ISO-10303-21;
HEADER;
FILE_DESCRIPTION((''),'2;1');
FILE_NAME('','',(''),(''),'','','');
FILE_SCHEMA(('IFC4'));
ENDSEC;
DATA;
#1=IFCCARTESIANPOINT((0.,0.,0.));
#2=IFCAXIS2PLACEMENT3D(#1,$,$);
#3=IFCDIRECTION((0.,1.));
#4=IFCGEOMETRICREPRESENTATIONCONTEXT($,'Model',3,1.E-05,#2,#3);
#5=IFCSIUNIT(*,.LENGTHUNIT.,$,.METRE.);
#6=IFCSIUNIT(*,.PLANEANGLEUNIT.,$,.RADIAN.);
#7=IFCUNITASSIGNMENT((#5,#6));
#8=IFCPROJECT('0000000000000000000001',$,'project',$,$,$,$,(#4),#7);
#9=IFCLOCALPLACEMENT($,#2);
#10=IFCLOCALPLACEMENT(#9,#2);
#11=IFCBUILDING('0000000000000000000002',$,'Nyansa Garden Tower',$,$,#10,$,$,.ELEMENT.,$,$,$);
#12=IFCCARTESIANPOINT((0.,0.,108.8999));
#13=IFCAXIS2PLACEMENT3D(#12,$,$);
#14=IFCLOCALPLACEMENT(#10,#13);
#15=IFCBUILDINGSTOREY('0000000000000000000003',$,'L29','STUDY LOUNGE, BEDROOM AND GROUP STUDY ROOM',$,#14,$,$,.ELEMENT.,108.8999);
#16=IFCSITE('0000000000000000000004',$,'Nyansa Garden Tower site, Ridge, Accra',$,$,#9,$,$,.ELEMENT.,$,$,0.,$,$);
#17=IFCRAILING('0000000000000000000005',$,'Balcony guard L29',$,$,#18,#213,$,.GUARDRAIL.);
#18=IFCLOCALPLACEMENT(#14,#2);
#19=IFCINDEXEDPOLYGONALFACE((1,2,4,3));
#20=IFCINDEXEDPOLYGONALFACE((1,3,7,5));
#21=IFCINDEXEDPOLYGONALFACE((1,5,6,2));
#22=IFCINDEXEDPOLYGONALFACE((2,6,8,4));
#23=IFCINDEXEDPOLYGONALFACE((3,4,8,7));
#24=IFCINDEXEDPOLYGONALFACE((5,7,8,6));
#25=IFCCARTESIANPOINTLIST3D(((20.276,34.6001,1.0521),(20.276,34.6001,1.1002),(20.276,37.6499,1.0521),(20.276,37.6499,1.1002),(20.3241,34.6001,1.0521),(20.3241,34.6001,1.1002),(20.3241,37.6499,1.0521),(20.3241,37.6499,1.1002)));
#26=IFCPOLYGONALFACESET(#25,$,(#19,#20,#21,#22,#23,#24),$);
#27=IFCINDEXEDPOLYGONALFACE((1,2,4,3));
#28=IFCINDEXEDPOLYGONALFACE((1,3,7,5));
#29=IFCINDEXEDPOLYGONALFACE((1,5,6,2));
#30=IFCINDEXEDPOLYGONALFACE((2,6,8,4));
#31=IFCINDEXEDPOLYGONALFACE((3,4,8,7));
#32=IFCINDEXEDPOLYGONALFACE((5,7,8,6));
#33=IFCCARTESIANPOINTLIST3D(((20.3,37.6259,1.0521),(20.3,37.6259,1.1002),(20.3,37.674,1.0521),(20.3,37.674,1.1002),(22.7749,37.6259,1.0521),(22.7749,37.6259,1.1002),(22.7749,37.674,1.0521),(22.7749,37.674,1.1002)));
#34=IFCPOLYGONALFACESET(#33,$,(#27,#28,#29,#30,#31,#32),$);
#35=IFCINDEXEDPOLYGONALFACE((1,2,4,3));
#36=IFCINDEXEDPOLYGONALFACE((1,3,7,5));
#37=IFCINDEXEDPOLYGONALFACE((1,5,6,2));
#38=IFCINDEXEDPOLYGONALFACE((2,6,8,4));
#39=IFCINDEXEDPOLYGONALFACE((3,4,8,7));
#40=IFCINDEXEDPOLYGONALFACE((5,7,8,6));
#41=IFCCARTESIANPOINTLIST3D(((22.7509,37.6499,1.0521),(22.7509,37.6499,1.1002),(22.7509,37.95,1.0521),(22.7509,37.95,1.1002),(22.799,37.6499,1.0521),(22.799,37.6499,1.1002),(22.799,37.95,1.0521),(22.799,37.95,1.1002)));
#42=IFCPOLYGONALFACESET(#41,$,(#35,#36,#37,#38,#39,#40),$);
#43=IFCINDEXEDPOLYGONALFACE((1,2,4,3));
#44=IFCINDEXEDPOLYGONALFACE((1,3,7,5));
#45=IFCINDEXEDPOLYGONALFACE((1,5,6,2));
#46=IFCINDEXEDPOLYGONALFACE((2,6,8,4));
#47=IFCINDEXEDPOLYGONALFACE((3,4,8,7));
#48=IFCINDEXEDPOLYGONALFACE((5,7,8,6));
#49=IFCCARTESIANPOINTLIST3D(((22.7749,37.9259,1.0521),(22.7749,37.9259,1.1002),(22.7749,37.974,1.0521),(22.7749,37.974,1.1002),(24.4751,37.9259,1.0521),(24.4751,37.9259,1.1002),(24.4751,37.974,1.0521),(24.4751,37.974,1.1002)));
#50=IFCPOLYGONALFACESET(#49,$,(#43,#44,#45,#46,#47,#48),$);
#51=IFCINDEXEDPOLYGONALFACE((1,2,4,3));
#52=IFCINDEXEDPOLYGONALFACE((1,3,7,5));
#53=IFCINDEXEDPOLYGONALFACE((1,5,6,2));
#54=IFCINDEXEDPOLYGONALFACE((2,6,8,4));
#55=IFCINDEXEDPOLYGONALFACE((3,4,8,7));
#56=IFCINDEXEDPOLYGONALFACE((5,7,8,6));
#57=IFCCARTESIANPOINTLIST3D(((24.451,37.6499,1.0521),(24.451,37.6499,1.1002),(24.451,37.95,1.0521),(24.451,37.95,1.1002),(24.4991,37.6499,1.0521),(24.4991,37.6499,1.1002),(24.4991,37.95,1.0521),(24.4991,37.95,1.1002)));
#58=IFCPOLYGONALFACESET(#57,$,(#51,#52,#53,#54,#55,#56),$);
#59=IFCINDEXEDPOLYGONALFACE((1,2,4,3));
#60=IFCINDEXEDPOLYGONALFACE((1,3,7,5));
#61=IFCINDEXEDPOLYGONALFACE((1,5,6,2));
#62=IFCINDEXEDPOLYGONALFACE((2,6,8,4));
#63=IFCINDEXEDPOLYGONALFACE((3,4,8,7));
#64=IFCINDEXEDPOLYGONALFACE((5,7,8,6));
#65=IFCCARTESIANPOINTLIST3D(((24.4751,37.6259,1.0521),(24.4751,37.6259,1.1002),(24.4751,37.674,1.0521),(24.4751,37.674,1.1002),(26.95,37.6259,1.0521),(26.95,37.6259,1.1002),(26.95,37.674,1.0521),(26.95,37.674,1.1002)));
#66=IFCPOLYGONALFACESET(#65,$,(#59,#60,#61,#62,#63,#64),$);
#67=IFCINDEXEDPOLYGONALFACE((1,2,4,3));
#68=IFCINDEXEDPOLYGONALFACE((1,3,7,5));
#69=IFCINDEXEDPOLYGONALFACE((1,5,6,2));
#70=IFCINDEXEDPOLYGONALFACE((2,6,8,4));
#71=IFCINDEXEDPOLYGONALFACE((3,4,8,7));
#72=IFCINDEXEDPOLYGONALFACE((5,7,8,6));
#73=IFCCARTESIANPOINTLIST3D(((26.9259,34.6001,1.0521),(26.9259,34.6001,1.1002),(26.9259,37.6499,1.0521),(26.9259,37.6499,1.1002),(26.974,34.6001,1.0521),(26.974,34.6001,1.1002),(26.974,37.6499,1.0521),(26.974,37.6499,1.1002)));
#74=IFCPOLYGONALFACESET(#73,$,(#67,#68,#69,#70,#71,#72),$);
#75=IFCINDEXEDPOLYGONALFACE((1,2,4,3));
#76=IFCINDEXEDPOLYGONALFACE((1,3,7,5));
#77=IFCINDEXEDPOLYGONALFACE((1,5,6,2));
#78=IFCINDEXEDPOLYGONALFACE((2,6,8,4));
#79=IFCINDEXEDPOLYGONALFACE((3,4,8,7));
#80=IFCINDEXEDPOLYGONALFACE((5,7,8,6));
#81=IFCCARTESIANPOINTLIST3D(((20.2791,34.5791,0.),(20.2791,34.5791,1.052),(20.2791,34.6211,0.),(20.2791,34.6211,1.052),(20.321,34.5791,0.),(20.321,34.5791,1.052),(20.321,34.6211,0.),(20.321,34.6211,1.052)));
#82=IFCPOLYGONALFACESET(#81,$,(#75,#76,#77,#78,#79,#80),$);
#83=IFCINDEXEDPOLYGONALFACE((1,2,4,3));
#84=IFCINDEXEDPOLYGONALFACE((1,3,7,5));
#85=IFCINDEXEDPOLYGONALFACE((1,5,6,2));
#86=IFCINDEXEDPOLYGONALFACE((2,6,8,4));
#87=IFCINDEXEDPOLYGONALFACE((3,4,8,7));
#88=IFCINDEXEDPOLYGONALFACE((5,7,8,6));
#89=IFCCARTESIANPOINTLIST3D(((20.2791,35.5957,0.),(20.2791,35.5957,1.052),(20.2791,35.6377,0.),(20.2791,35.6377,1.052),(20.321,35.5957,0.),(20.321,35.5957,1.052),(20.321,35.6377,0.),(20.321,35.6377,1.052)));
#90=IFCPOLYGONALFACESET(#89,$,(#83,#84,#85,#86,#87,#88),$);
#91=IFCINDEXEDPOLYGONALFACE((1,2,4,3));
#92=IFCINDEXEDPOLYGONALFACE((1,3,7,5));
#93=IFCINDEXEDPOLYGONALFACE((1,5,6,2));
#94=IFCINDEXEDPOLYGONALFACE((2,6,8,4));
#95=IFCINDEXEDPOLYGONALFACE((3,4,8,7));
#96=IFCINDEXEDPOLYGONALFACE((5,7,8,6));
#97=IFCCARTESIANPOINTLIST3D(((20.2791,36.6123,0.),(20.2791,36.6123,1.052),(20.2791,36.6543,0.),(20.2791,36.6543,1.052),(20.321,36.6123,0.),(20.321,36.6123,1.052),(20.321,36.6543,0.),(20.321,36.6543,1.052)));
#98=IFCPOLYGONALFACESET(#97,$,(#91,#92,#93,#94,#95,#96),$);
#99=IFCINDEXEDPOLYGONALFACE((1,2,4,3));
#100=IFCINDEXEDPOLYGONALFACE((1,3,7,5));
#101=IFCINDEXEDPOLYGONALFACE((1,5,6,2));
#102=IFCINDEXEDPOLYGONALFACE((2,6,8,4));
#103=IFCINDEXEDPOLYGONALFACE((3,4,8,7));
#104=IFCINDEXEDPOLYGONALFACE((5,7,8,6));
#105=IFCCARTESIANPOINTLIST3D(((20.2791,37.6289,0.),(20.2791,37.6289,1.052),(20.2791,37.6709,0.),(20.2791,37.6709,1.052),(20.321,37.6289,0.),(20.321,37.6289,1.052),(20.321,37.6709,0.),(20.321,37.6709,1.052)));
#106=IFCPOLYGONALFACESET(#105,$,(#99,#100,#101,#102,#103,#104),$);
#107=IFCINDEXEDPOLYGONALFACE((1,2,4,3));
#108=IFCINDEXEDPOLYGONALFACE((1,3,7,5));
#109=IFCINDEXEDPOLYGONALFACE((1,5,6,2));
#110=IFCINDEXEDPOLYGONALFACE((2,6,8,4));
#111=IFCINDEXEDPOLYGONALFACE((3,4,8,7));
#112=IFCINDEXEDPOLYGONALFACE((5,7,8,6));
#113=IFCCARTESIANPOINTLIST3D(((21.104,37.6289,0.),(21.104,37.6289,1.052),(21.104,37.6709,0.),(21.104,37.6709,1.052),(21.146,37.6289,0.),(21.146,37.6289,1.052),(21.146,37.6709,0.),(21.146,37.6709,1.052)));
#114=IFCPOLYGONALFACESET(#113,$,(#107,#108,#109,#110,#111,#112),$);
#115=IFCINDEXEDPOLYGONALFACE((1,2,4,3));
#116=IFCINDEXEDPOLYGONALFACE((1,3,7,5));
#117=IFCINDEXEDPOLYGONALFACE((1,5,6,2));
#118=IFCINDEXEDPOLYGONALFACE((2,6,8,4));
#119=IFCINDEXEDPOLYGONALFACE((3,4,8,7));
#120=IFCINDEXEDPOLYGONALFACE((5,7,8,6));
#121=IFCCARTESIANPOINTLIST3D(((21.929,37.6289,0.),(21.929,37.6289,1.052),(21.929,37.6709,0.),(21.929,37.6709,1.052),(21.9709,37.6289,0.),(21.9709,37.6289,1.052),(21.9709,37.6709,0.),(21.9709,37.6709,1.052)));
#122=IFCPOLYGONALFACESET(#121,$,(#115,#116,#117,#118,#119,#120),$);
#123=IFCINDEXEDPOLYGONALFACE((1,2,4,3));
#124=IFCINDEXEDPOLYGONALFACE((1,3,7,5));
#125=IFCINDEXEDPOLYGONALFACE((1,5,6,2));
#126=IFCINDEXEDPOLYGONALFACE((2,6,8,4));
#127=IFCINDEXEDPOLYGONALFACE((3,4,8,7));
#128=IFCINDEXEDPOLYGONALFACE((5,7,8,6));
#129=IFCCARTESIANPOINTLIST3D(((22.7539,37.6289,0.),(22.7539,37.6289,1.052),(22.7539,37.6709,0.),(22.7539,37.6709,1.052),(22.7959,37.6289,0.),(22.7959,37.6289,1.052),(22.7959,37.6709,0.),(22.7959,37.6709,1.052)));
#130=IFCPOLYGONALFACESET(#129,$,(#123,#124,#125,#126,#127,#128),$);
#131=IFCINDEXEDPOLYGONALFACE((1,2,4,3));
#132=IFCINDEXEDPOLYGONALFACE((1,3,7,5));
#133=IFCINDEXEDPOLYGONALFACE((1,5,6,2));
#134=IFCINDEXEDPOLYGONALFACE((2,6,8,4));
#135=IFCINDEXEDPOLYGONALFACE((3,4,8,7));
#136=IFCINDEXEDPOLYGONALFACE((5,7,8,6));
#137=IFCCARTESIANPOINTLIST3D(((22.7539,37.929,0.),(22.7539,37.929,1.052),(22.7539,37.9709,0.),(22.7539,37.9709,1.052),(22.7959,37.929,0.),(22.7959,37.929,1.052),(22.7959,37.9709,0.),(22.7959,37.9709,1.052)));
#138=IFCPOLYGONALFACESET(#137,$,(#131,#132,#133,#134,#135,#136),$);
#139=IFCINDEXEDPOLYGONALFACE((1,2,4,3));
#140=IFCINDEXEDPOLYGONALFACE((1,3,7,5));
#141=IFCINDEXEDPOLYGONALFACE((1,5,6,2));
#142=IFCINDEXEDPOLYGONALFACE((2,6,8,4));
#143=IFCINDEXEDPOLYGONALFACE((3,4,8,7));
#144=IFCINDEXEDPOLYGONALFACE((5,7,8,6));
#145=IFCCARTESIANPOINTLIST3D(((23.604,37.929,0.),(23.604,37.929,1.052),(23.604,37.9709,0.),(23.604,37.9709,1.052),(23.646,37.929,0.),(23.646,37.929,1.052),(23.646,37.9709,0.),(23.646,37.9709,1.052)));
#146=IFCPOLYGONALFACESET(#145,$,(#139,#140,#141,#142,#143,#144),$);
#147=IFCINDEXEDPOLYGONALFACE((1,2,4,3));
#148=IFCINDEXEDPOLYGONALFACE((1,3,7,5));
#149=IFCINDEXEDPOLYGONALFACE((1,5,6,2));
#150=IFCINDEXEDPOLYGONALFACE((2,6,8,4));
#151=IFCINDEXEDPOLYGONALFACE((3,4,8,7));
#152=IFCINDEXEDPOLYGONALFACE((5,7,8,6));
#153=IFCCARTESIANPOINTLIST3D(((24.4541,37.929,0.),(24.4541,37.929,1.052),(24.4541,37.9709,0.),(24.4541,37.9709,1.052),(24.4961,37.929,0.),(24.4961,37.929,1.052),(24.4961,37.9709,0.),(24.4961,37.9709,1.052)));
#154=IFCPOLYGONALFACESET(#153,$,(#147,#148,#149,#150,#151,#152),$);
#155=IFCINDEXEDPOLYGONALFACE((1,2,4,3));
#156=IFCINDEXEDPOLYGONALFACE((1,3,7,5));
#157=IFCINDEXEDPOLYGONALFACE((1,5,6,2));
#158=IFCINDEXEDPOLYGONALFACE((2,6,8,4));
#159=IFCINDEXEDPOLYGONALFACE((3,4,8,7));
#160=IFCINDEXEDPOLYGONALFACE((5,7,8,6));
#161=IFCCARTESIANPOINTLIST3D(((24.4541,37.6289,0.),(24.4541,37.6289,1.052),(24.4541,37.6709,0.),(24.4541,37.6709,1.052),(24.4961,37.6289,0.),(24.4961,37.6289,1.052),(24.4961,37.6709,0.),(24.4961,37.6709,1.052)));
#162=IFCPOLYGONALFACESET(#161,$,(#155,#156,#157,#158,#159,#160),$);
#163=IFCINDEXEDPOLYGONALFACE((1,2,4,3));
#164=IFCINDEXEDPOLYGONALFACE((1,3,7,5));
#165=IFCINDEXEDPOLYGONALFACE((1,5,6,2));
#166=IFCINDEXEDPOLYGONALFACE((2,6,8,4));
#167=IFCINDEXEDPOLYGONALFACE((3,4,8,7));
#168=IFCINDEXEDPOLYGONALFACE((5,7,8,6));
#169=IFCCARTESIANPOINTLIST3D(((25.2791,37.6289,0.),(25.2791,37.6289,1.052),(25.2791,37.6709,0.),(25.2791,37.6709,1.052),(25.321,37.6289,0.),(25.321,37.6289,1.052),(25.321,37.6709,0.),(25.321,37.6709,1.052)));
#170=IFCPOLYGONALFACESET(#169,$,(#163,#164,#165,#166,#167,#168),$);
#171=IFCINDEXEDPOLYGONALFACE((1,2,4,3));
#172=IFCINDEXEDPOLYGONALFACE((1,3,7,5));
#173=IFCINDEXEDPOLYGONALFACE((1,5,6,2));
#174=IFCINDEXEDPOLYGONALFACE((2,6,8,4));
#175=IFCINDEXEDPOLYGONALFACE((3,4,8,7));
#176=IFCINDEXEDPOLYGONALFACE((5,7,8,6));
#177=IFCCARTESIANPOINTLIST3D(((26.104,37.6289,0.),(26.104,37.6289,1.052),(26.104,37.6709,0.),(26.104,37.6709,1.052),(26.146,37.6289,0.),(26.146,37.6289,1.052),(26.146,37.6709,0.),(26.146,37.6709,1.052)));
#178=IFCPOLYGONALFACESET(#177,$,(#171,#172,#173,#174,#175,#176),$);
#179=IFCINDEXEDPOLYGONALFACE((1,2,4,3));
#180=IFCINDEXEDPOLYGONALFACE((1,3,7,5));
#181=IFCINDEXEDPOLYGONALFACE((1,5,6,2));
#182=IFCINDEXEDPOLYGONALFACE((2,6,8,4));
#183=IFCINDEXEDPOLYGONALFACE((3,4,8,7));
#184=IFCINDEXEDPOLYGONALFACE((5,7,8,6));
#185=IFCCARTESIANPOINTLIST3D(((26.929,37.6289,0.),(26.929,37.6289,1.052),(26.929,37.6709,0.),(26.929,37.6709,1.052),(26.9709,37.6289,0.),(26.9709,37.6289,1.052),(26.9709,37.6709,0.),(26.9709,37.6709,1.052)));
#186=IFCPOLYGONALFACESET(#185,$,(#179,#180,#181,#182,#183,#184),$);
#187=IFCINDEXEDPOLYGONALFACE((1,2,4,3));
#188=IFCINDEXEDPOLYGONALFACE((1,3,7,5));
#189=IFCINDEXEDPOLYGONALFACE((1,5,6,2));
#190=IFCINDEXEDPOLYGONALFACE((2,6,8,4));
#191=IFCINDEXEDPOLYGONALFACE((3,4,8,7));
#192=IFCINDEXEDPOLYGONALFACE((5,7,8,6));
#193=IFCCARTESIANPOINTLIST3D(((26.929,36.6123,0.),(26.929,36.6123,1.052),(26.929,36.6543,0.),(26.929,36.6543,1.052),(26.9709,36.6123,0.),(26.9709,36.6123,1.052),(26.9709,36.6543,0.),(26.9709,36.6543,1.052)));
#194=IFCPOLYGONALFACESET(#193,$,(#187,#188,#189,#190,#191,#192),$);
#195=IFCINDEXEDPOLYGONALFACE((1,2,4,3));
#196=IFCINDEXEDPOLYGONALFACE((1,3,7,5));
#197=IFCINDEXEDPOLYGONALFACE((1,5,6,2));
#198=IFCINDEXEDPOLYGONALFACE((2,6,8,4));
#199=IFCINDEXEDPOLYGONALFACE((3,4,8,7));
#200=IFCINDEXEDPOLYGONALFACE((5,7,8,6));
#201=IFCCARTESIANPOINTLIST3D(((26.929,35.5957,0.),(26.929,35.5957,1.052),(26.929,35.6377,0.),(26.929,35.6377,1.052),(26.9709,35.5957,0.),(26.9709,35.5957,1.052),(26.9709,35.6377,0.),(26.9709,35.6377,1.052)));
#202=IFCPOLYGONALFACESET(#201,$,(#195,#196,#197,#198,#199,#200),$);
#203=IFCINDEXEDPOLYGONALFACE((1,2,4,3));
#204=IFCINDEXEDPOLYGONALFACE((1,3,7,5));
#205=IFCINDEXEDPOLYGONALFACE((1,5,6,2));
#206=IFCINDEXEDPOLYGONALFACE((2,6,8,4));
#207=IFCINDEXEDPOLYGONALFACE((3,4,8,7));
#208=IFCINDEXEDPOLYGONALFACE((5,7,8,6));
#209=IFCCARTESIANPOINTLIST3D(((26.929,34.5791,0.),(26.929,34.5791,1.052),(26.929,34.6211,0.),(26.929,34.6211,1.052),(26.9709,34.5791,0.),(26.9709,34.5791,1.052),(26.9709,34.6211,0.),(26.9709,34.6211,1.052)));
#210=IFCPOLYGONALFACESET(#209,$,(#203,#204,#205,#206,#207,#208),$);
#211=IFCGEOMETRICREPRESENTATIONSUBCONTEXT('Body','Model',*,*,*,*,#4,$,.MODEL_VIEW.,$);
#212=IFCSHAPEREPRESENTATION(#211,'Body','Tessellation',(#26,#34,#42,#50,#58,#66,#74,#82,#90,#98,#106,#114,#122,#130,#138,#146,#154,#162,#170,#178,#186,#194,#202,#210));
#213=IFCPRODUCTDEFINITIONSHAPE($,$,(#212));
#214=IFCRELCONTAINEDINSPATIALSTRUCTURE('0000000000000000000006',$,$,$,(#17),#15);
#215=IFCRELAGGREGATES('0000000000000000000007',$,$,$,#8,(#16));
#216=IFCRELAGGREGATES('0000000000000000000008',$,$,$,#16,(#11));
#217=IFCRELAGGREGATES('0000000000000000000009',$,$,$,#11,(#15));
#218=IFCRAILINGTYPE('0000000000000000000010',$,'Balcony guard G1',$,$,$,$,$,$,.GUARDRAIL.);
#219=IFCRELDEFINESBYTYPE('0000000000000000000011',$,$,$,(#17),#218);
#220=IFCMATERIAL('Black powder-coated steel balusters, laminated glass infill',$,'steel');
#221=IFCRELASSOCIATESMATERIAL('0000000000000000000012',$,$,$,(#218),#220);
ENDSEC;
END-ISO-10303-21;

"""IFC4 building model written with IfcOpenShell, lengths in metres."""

from ifc_helpers import new_model, si_unit, direction, frame, origin, origin_2d, place, context, subcontext, project, spatial, rectangle, extrude, material, type_object, element, save


model = new_model("IFC4")

# Units and contexts
model_context = context("Model", 3, precision=1e-05, world=origin(), true_north=direction((0.0, 1.0)))
body_context = subcontext(model_context, "Body", "Model", "MODEL_VIEW")
ifc_project = project(units=[si_unit("LENGTHUNIT", "METRE"), si_unit("PLANEANGLEUNIT", "RADIAN")], contexts=[model_context])

# Site, building, storey
site_placement = place(None, origin())
site = spatial("IfcSite", under=ifc_project, at=site_placement, Name="Nyansa Garden Tower site, Ridge, Accra", CompositionType="ELEMENT", RefElevation=0.0)
building_placement = place(site_placement, origin())
building = spatial("IfcBuilding", under=site, at=building_placement, Name="Nyansa Garden Tower", CompositionType="ELEMENT")
storey_placement = place(building_placement, frame((0.0, 0.0, 108.8999)))
storey = spatial("IfcBuildingStorey", under=building, at=storey_placement, Name="L29", Description="STUDY LOUNGE, BEDROOM AND GROUP STUDY ROOM", CompositionType="ELEMENT", Elevation=108.8999)

# Railing
ifc_material_1 = material(Name="Black powder-coated steel balusters, laminated glass infill", Category="steel")
railing_type = type_object("IfcRailingType", Name="Balcony guard G1", PredefinedType="GUARDRAIL", material=ifc_material_1)
railing_placement = place(storey_placement, frame((20.3, 34.6001, 0.0)))
element("IfcRailing", 1, at=railing_placement, inside=storey, type_object=railing_type, Name="Balcony guard L29", PredefinedType="GUARDRAIL", context=body_context, shape_type="SweptSolid", body=[
    extrude(rectangle(XDim=0.0481, YDim=0.0481, at=origin_2d()), frame((0.0, 0.0, 1.0762), z_axis=(0.0, 1.0, 0.0), x_axis=(-1.0, 0.0, 0.0)), (0.0, 0.0, 1.0), 3.0498),
    extrude(rectangle(XDim=0.0481, YDim=0.0481, at=origin_2d()), frame((0.0, 3.0498, 1.0762), z_axis=(1.0, 0.0, 0.0), x_axis=(0.0, 1.0, 0.0)), (0.0, 0.0, 1.0), 2.4749),
    extrude(rectangle(XDim=0.0481, YDim=0.0481, at=origin_2d()), frame((2.4749, 3.0498, 1.0762), z_axis=(0.0, 1.0, 0.0), x_axis=(-1.0, 0.0, 0.0)), (0.0, 0.0, 1.0), 0.3),
    extrude(rectangle(XDim=0.0481, YDim=0.0481, at=origin_2d()), frame((2.4749, 3.3499, 1.0762), z_axis=(1.0, 0.0, 0.0), x_axis=(0.0, 1.0, 0.0)), (0.0, 0.0, 1.0), 1.7002),
    extrude(rectangle(XDim=0.0481, YDim=0.0481, at=origin_2d()), frame((4.175, 3.3499, 1.0762), z_axis=(0.0, -1.0, 0.0), x_axis=(1.0, 0.0, 0.0)), (0.0, 0.0, 1.0), 0.3),
    extrude(rectangle(XDim=0.0481, YDim=0.0481, at=origin_2d()), frame((4.175, 3.0498, 1.0762), z_axis=(1.0, 0.0, 0.0), x_axis=(0.0, 1.0, 0.0)), (0.0, 0.0, 1.0), 2.4749),
    extrude(rectangle(XDim=0.0481, YDim=0.0481, at=origin_2d()), frame((6.6499, 3.0498, 1.0762), z_axis=(0.0, -1.0, 0.0), x_axis=(1.0, 0.0, 0.0)), (0.0, 0.0, 1.0), 3.0498),
    extrude(rectangle(XDim=0.042, YDim=0.042, at=origin_2d()), origin(), (0.0, 0.0, 1.0), 1.052),
    extrude(rectangle(XDim=0.042, YDim=0.042, at=origin_2d()), frame((0.0, 1.0166, 0.0)), (0.0, 0.0, 1.0), 1.052),
    extrude(rectangle(XDim=0.042, YDim=0.042, at=origin_2d()), frame((0.0, 2.0332, 0.0)), (0.0, 0.0, 1.0), 1.052),
    extrude(rectangle(XDim=0.042, YDim=0.042, at=origin_2d()), frame((0.0, 3.0498, 0.0)), (0.0, 0.0, 1.0), 1.052),
    extrude(rectangle(XDim=0.042, YDim=0.042, at=origin_2d()), frame((0.825, 3.0498, 0.0)), (0.0, 0.0, 1.0), 1.052),
    extrude(rectangle(XDim=0.042, YDim=0.042, at=origin_2d()), frame((1.6499, 3.0498, 0.0)), (0.0, 0.0, 1.0), 1.052),
    extrude(rectangle(XDim=0.042, YDim=0.042, at=origin_2d()), frame((2.4749, 3.0498, 0.0)), (0.0, 0.0, 1.0), 1.052),
    extrude(rectangle(XDim=0.042, YDim=0.042, at=origin_2d()), frame((2.4749, 3.3499, 0.0)), (0.0, 0.0, 1.0), 1.052),
    extrude(rectangle(XDim=0.042, YDim=0.042, at=origin_2d()), frame((3.325, 3.3499, 0.0)), (0.0, 0.0, 1.0), 1.052),
    extrude(rectangle(XDim=0.042, YDim=0.042, at=origin_2d()), frame((4.175, 3.3499, 0.0)), (0.0, 0.0, 1.0), 1.052),
    extrude(rectangle(XDim=0.042, YDim=0.042, at=origin_2d()), frame((4.175, 3.0498, 0.0)), (0.0, 0.0, 1.0), 1.052),
    extrude(rectangle(XDim=0.042, YDim=0.042, at=origin_2d()), frame((5.0, 3.0498, 0.0)), (0.0, 0.0, 1.0), 1.052),
    extrude(rectangle(XDim=0.042, YDim=0.042, at=origin_2d()), frame((5.825, 3.0498, 0.0)), (0.0, 0.0, 1.0), 1.052),
    extrude(rectangle(XDim=0.042, YDim=0.042, at=origin_2d()), frame((6.6499, 3.0498, 0.0)), (0.0, 0.0, 1.0), 1.052),
    extrude(rectangle(XDim=0.042, YDim=0.042, at=origin_2d()), frame((6.6499, 2.0332, 0.0)), (0.0, 0.0, 1.0), 1.052),
    extrude(rectangle(XDim=0.042, YDim=0.042, at=origin_2d()), frame((6.6499, 1.0166, 0.0)), (0.0, 0.0, 1.0), 1.052),
    extrude(rectangle(XDim=0.042, YDim=0.042, at=origin_2d()), frame((6.6499, 0.0, 0.0)), (0.0, 0.0, 1.0), 1.052),
])

save(model, "model.ifc")
